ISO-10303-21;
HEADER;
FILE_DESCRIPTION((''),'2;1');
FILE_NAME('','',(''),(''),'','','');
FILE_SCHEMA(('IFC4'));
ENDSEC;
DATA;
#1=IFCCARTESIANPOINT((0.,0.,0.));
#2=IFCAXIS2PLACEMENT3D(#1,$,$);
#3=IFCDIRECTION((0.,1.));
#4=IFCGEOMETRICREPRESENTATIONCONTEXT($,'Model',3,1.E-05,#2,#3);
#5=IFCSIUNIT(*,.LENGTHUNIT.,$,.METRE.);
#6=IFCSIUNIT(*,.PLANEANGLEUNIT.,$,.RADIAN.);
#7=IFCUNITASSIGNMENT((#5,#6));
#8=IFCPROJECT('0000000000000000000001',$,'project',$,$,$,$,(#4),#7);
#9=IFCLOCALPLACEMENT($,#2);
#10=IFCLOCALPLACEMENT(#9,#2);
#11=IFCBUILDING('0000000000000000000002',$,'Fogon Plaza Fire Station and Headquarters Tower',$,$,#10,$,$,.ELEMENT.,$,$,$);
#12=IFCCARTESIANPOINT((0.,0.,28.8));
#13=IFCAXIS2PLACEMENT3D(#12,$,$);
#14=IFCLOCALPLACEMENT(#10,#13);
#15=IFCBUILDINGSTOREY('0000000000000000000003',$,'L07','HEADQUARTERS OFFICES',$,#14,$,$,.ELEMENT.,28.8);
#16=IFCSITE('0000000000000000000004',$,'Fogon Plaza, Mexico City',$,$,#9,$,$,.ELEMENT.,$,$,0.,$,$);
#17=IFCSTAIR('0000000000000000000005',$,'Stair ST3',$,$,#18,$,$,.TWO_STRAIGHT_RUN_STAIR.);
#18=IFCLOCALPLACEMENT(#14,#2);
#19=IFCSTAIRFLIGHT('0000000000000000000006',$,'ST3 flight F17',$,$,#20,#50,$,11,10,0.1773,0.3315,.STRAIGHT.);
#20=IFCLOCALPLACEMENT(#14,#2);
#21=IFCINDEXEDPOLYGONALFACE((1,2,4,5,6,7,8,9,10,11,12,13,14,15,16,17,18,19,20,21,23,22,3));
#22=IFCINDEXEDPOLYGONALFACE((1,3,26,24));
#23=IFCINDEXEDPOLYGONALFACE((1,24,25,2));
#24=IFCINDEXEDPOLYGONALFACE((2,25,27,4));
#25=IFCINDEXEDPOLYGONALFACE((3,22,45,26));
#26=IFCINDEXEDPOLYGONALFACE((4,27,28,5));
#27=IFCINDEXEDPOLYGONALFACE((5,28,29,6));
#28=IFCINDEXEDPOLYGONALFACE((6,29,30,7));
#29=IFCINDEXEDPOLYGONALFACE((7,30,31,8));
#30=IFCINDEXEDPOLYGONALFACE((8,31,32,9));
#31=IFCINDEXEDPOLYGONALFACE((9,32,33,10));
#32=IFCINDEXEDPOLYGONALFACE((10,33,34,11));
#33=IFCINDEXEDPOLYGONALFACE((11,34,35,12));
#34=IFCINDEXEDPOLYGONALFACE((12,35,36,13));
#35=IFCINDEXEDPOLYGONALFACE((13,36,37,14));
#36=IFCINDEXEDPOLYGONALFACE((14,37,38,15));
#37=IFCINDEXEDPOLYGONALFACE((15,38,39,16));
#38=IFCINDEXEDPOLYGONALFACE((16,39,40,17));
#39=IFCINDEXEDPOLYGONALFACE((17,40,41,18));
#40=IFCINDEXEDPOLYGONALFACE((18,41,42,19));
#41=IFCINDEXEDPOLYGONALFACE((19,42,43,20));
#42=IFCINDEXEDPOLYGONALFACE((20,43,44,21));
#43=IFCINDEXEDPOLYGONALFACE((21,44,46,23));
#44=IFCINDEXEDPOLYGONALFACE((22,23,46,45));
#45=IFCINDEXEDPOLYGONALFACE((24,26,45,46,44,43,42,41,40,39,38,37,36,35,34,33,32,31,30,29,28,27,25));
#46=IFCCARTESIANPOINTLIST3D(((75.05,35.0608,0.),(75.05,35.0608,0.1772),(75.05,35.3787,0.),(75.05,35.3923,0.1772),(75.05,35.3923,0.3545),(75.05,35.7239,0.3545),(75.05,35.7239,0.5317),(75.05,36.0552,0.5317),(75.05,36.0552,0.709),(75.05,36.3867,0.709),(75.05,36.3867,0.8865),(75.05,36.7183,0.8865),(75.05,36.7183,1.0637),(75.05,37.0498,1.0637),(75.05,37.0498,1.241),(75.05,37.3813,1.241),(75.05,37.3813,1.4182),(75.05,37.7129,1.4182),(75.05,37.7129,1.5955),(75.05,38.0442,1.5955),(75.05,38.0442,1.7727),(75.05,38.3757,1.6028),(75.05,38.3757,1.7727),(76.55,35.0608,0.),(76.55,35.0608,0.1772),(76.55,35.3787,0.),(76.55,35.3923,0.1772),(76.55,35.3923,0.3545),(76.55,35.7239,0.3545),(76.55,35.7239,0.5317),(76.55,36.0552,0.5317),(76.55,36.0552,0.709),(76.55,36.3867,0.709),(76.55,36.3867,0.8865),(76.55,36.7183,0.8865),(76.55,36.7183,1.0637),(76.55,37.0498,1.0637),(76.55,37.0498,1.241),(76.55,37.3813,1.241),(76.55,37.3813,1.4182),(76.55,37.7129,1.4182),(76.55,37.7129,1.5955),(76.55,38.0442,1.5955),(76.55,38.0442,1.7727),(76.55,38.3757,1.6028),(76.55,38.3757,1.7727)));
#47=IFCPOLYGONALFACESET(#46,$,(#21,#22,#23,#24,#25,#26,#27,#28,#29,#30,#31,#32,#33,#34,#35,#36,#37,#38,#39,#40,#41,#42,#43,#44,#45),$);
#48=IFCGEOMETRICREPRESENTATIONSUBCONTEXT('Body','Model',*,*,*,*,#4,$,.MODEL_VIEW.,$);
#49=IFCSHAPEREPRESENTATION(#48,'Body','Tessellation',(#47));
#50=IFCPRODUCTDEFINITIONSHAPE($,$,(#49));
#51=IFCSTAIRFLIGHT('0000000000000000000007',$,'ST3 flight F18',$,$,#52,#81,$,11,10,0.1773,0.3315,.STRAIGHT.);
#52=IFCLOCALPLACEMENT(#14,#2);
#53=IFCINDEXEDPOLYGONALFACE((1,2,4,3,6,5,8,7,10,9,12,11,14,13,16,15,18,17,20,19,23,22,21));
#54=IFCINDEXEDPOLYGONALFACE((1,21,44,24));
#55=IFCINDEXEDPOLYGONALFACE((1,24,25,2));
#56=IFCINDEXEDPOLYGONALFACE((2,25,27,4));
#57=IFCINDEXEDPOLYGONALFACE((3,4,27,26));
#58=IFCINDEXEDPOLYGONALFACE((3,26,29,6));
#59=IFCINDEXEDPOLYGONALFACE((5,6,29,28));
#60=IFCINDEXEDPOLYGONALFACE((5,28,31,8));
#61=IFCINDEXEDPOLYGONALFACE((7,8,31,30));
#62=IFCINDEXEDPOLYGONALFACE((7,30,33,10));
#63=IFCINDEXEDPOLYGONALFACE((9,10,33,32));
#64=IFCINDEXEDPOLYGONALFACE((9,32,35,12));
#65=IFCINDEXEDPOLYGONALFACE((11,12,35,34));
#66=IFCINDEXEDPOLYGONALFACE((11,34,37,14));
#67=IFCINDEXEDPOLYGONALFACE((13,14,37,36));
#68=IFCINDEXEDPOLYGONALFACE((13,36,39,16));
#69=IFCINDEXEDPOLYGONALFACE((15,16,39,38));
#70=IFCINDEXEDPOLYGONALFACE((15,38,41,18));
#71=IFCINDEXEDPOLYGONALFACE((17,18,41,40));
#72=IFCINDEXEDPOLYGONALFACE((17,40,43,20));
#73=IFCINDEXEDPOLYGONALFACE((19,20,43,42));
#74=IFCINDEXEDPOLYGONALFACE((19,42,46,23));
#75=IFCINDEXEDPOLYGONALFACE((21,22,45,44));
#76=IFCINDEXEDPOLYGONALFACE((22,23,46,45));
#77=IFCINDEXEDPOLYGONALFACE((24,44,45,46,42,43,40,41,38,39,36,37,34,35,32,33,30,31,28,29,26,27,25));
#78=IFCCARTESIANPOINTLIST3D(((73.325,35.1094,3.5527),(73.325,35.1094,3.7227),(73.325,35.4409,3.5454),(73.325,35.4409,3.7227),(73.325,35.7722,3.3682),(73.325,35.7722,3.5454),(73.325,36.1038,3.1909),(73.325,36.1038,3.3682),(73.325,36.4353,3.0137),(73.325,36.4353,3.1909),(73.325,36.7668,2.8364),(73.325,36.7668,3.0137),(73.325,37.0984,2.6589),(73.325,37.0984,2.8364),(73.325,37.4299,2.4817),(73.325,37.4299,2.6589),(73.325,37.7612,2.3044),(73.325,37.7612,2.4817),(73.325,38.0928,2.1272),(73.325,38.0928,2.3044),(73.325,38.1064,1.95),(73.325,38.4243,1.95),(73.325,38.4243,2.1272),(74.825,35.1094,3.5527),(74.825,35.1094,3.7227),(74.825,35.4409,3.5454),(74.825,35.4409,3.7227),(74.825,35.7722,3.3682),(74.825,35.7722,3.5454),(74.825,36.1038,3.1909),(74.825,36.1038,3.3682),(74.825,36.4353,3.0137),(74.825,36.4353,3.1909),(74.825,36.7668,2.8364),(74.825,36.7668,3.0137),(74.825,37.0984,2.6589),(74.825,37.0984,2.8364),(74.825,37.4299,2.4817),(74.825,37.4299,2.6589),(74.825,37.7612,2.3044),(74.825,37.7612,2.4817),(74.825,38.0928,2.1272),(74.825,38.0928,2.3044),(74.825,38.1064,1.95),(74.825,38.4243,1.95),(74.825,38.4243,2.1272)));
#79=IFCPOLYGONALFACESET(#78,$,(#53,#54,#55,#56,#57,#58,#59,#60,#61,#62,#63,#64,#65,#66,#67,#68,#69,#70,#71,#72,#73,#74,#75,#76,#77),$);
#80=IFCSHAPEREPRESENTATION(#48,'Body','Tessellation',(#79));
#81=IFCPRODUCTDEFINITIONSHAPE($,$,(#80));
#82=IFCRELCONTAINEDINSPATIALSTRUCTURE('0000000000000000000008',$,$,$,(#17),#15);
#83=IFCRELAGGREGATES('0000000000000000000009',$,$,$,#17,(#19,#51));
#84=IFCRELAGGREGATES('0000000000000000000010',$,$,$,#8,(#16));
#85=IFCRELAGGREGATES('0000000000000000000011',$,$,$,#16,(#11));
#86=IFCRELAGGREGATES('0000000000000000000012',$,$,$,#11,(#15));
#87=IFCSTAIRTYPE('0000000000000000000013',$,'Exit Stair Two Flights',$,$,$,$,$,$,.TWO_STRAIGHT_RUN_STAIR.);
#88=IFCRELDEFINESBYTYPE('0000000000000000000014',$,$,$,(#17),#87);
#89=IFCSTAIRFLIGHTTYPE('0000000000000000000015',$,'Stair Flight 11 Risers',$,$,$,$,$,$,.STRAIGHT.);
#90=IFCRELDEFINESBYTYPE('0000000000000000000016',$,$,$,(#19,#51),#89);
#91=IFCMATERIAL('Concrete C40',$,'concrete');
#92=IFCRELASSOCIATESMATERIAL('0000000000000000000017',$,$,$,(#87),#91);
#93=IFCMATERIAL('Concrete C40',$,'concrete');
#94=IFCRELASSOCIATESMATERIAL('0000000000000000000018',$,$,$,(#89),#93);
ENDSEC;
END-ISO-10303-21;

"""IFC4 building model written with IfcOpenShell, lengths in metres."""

from ifc_helpers import new_model, si_unit, direction, frame, origin, place, context, subcontext, project, spatial, polyline, outline, extrude, material, type_object, element, aggregate, save


model = new_model("IFC4")

# Units and contexts
model_context = context("Model", 3, precision=1e-05, world=origin(), true_north=direction((0.0, 1.0)))
body_context = subcontext(model_context, "Body", "Model", "MODEL_VIEW")
ifc_project = project(units=[si_unit("LENGTHUNIT", "METRE"), si_unit("PLANEANGLEUNIT", "RADIAN")], contexts=[model_context])

# Site, building, storey
site_placement = place(None, origin())
site = spatial("IfcSite", under=ifc_project, at=site_placement, Name="Fogon Plaza, Mexico City", CompositionType="ELEMENT", RefElevation=0.0)
building_placement = place(site_placement, origin())
building = spatial("IfcBuilding", under=site, at=building_placement, Name="Fogon Plaza Fire Station and Headquarters Tower", CompositionType="ELEMENT")
storey_placement = place(building_placement, frame((0.0, 0.0, 28.8)))
storey = spatial("IfcBuildingStorey", under=building, at=storey_placement, Name="L07", Description="HEADQUARTERS OFFICES", CompositionType="ELEMENT", Elevation=28.8)

# Stair, stair flights
ifc_material_1 = material(Name="Concrete C40", Category="concrete")
stair_type = type_object("IfcStairType", Name="Exit Stair Two Flights", PredefinedType="TWO_STRAIGHT_RUN_STAIR", material=ifc_material_1)
stair_placement = place(storey_placement, origin())
stair = element("IfcStair", 1, at=stair_placement, inside=storey, type_object=stair_type, Name="Stair ST3", PredefinedType="TWO_STRAIGHT_RUN_STAIR")
ifc_material_2 = material(Name="Concrete C40", Category="concrete")
stair_flight_type = type_object("IfcStairFlightType", Name="Stair Flight 11 Risers", PredefinedType="STRAIGHT", material=ifc_material_2)
stair_flight_1_placement = place(storey_placement, frame((75.8, 35.0608, 0.0), z_axis=(0.0, 0.0, 1.0), x_axis=(0.0, 1.0, 0.0)))
stair_flight_1 = element("IfcStairFlight", 2, at=stair_flight_1_placement, type_object=stair_flight_type, Name="ST3 flight F17", NumberOfRisers=11, NumberOfTreads=10, PredefinedType="STRAIGHT", RiserHeight=0.1773, TreadLength=0.3315, context=body_context, shape_type="SweptSolid", body=[
    extrude(outline(polyline([(0.0, 0.0), (0.0, 0.1772), (0.3315, 0.1772), (0.3315, 0.3545), (0.6631, 0.3545), (0.6631, 0.5317), (0.9944, 0.5317), (0.9944, 0.709), (1.3259, 0.709), (1.3259, 0.8865), (1.6575, 0.8865), (1.6575, 1.0637), (1.989, 1.0637), (1.989, 1.241), (2.3206, 1.241), (2.3206, 1.4182), (2.6521, 1.4182), (2.6521, 1.5955), (2.9834, 1.5955), (2.9834, 1.7727), (3.3149, 1.7727), (3.3149, 1.95), (3.3149, 1.6028), (0.3179, 0.0), (0.0, 0.0)])), frame((0.0, 0.75, 0.0), z_axis=(0.0, -1.0, 0.0), x_axis=(1.0, 0.0, 0.0)), (0.0, 0.0, 1.0), 1.5),
])
stair_flight_2_placement = place(storey_placement, frame((74.075, 38.4243, 1.95), z_axis=(0.0, 0.0, 1.0), x_axis=(0.0, -1.0, 0.0)))
stair_flight_2 = element("IfcStairFlight", 3, at=stair_flight_2_placement, type_object=stair_flight_type, Name="ST3 flight F18", NumberOfRisers=11, NumberOfTreads=10, PredefinedType="STRAIGHT", RiserHeight=0.1773, TreadLength=0.3315, context=body_context, shape_type="SweptSolid", body=[
    extrude(outline(polyline([(0.0, 0.0), (0.0, 0.1772), (0.3315, 0.1772), (0.3315, 0.3545), (0.6631, 0.3545), (0.6631, 0.5317), (0.9944, 0.5317), (0.9944, 0.709), (1.3259, 0.709), (1.3259, 0.8865), (1.6575, 0.8865), (1.6575, 1.0637), (1.989, 1.0637), (1.989, 1.241), (2.3206, 1.241), (2.3206, 1.4182), (2.6521, 1.4182), (2.6521, 1.5955), (2.9834, 1.5955), (2.9834, 1.7727), (3.3149, 1.7727), (3.3149, 1.95), (3.3149, 1.6028), (0.3179, 0.0), (0.0, 0.0)])), frame((0.0, 0.75, 0.0), z_axis=(0.0, -1.0, 0.0), x_axis=(1.0, 0.0, 0.0)), (0.0, 0.0, 1.0), 1.5),
])
aggregate(stair, [stair_flight_1, stair_flight_2])

save(model, "model.ifc")
